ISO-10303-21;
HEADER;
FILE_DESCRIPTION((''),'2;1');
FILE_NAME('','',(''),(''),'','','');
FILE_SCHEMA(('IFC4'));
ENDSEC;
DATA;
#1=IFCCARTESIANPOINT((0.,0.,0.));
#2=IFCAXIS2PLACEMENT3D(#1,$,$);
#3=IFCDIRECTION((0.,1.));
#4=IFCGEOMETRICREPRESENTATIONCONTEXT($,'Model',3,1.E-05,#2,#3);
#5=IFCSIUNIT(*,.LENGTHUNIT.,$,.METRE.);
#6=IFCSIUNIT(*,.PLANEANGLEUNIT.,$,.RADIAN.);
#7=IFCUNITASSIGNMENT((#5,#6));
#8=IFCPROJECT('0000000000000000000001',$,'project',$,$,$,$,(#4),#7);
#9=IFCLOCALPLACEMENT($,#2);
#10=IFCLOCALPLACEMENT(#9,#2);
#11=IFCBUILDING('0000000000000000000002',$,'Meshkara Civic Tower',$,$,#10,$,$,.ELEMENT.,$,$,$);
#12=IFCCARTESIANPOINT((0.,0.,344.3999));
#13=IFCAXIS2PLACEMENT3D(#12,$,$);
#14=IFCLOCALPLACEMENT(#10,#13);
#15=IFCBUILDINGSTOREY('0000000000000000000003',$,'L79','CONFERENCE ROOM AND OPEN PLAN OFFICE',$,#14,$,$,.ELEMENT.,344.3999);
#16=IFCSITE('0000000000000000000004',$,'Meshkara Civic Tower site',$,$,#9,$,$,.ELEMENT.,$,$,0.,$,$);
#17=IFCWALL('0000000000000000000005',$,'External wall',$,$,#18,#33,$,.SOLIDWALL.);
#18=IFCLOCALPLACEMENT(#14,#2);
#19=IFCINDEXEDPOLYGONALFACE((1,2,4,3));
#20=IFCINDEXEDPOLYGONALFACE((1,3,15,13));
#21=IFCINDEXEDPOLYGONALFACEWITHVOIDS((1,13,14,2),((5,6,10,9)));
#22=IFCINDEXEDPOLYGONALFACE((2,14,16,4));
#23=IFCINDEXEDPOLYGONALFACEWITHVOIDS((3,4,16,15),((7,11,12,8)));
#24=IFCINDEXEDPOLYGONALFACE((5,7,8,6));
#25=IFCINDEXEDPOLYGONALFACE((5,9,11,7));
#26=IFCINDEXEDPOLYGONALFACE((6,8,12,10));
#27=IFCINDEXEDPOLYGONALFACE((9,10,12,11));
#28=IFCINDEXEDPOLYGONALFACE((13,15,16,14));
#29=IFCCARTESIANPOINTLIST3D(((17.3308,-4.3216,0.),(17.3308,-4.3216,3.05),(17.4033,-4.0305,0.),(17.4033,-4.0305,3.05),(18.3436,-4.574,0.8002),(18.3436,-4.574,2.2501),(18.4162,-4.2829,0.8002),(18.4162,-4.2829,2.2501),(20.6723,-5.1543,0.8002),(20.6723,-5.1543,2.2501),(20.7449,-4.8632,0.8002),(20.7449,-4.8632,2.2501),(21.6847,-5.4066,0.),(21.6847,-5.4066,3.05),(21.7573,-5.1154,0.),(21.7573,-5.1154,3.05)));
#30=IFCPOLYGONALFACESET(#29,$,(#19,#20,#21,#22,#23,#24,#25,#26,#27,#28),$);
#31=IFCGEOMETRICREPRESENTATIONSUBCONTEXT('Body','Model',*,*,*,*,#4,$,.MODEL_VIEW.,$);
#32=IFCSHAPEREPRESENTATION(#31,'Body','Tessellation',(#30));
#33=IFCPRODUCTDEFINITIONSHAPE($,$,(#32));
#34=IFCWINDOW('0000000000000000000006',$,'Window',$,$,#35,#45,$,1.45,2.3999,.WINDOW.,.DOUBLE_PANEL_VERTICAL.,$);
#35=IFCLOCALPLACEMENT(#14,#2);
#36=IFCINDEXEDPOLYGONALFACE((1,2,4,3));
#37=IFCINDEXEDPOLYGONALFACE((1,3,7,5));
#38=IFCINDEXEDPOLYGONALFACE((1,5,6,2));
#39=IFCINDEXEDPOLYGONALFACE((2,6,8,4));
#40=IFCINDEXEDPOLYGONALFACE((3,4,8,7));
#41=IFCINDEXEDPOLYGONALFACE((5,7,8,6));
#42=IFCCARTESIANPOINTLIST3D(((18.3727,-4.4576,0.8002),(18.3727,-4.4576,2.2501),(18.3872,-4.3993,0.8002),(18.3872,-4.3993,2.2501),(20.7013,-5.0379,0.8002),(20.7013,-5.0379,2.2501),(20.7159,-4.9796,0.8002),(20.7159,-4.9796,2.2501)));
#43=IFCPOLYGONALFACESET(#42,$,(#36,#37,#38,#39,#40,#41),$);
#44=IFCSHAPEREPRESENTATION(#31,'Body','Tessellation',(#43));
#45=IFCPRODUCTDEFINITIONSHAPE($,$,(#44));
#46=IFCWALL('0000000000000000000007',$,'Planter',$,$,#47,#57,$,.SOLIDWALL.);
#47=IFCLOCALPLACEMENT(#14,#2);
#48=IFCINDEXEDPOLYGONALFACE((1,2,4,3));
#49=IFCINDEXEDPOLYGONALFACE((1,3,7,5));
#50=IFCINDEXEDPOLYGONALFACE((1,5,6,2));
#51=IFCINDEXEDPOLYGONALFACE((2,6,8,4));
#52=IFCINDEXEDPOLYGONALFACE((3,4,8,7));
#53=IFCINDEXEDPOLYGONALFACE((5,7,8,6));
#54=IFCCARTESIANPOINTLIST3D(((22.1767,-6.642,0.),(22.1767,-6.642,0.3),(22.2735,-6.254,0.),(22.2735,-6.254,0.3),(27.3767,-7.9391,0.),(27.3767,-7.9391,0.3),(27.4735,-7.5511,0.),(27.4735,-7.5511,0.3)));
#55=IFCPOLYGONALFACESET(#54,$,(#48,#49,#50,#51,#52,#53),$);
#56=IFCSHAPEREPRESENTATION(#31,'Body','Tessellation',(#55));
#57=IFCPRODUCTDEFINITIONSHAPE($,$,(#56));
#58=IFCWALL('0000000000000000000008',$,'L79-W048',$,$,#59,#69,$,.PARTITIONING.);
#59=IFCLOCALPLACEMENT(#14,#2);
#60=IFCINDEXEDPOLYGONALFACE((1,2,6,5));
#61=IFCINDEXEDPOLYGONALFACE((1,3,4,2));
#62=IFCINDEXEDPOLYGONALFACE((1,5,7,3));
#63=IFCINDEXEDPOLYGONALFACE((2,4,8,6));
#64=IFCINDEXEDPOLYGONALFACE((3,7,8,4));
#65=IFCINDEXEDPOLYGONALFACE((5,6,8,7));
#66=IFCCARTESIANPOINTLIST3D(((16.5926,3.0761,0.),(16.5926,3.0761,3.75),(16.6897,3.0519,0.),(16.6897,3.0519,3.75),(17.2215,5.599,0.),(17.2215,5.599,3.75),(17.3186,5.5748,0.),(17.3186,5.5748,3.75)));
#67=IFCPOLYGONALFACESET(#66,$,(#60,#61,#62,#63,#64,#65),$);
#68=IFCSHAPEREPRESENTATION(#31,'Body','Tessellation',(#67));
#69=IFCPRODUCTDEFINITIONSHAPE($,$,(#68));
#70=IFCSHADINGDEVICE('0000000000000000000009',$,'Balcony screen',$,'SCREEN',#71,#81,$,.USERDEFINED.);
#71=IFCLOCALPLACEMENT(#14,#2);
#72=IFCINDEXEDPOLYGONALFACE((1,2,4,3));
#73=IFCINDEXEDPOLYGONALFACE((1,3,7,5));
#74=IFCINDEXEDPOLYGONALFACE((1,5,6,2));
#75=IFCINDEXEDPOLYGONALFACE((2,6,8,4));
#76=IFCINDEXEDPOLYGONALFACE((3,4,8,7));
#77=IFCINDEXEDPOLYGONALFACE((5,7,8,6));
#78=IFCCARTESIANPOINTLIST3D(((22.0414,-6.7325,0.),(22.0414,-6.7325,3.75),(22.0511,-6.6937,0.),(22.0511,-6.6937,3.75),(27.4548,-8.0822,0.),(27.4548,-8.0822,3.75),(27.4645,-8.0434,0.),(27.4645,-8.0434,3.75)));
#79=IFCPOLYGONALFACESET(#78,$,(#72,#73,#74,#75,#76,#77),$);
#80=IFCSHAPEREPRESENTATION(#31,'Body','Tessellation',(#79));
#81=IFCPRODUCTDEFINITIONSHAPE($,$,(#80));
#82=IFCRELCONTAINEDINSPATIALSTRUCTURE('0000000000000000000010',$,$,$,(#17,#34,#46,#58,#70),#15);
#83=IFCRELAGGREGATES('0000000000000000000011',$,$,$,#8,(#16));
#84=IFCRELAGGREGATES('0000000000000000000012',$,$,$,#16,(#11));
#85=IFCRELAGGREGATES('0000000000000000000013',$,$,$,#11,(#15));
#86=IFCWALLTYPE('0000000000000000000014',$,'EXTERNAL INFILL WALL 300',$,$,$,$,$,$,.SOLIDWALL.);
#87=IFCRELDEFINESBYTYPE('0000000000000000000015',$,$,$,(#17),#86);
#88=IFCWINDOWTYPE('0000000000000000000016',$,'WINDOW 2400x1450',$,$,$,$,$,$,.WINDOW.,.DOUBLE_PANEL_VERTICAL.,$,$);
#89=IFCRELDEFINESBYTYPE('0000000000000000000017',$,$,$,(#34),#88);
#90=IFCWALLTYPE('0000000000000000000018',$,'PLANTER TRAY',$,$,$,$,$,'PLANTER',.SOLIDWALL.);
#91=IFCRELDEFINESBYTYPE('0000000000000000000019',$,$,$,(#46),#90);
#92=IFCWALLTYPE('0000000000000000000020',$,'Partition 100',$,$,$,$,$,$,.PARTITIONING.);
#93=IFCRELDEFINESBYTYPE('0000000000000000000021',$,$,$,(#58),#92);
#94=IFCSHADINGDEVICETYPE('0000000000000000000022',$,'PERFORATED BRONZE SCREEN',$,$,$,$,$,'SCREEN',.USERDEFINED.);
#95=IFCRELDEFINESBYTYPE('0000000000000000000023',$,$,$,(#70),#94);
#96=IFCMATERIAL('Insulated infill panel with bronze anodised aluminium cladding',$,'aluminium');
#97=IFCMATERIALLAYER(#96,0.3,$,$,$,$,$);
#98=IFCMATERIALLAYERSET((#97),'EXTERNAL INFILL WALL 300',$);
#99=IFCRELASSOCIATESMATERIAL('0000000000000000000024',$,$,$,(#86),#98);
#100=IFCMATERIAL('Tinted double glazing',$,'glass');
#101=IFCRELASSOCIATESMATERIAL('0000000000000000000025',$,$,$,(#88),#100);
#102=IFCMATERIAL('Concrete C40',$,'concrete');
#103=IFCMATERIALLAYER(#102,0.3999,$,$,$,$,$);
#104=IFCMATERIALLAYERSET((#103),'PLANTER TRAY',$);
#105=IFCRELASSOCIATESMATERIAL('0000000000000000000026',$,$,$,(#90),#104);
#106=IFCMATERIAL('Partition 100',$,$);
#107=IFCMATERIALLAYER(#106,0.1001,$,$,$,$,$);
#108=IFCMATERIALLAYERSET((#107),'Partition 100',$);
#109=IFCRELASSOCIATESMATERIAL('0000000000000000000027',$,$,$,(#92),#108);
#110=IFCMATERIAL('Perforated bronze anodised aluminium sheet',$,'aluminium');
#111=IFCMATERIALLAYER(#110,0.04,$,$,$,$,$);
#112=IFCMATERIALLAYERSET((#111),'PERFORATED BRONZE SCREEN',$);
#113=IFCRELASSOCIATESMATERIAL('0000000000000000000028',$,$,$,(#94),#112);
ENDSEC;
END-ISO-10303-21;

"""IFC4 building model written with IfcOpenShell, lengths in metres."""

from ifc_helpers import new_model, si_unit, direction, frame, frame_2d, origin, origin_2d, place, context, subcontext, project, spatial, rectangle, extrude, material, layer, layer_set, type_object, element, fill, save


model = new_model("IFC4")

# Units and contexts
model_context = context("Model", 3, precision=1e-05, world=origin(), true_north=direction((0.0, 1.0)))
body_context = subcontext(model_context, "Body", "Model", "MODEL_VIEW")
ifc_project = project(units=[si_unit("LENGTHUNIT", "METRE"), si_unit("PLANEANGLEUNIT", "RADIAN")], contexts=[model_context])

# Site, building, storey
site_placement = place(None, origin())
site = spatial("IfcSite", under=ifc_project, at=site_placement, Name="Meshkara Civic Tower site", CompositionType="ELEMENT", RefElevation=0.0)
building_placement = place(site_placement, origin())
building = spatial("IfcBuilding", under=site, at=building_placement, Name="Meshkara Civic Tower", CompositionType="ELEMENT")
storey_placement = place(building_placement, frame((0.0, 0.0, 344.3999)))
storey = spatial("IfcBuildingStorey", under=building, at=storey_placement, Name="L79", Description="CONFERENCE ROOM AND OPEN PLAN OFFICE", CompositionType="ELEMENT", Elevation=344.3999)

# Wall, opening, window
ifc_material_1 = material(Name="Insulated infill panel with bronze anodised aluminium cladding", Category="aluminium")
ifc_layer_1 = layer(ifc_material_1, 0.3)
ifc_layer_set_1 = layer_set([ifc_layer_1], Name="EXTERNAL INFILL WALL 300")
wall_type_1 = type_object("IfcWallType", Name="EXTERNAL INFILL WALL 300", PredefinedType="SOLIDWALL", material=ifc_layer_set_1)
wall_1_placement = place(storey_placement, frame((17.3669, -4.176, 0.0), z_axis=(0.0, 0.0, 1.0), x_axis=(0.970328, -0.241793, 0.0)))
wall_1 = element("IfcWall", 1, at=wall_1_placement, inside=storey, type_object=wall_type_1, Name="External wall", PredefinedType="SOLIDWALL", context=body_context, shape_type="SweptSolid", body=[
    extrude(rectangle(XDim=4.4871, YDim=0.3, at=frame_2d((2.2437, 0.0))), origin(), (0.0, 0.0, 1.0), 3.05),
])
opening_1_placement = place(wall_1_placement, frame((1.0439, 0.0, 0.8)))
opening_1 = element("IfcOpeningElement", 2, at=opening_1_placement, cuts=wall_1, PredefinedType="OPENING", context=body_context, shape_type="SweptSolid", body=[
    extrude(rectangle(XDim=2.3999, YDim=1.45, at=frame_2d((1.2, 0.7251))), frame((0.0, 0.1599, 0.0), z_axis=(0.0, -1.0, 0.0), x_axis=(1.0, 0.0, 0.0)), (0.0, 0.0, 1.0), 0.3201),
])
ifc_material_2 = material(Name="Tinted double glazing", Category="glass")
window_type = type_object("IfcWindowType", Name="WINDOW 2400x1450", PartitioningType="DOUBLE_PANEL_VERTICAL", PredefinedType="WINDOW", material=ifc_material_2)
window_placement = place(opening_1_placement, origin())
window = element("IfcWindow", 3, at=window_placement, inside=storey, type_object=window_type, Name="Window", OverallHeight=1.45, OverallWidth=2.3999, PartitioningType="DOUBLE_PANEL_VERTICAL", PredefinedType="WINDOW", context=body_context, shape_type="SweptSolid", body=[
    extrude(rectangle(XDim=2.3999, YDim=1.45, at=frame_2d((1.2, 0.7251))), frame((0.0, 0.03, 0.0), z_axis=(0.0, -1.0, 0.0), x_axis=(1.0, 0.0, 0.0)), (0.0, 0.0, 1.0), 0.0601),
])
fill(opening_1, window)

# Walls
ifc_material_3 = material(Name="Concrete C40", Category="concrete")
ifc_layer_2 = layer(ifc_material_3, 0.3999)
ifc_layer_set_2 = layer_set([ifc_layer_2], Name="PLANTER TRAY")
wall_type_2 = type_object("IfcWallType", Name="PLANTER TRAY", ElementType="PLANTER", PredefinedType="SOLIDWALL", material=ifc_layer_set_2)
wall_2_placement = place(storey_placement, frame((22.2251, -6.448, 0.0), z_axis=(0.0, 0.0, 1.0), x_axis=(0.970268, -0.242032, 0.0)))
element("IfcWall", 4, at=wall_2_placement, inside=storey, type_object=wall_type_2, Name="Planter", PredefinedType="SOLIDWALL", context=body_context, shape_type="SweptSolid", body=[
    extrude(rectangle(XDim=5.3594, YDim=0.3999, at=frame_2d((2.6797, 0.0))), origin(), (0.0, 0.0, 1.0), 0.3),
])
ifc_material_4 = material(Name="Partition 100")
ifc_layer_3 = layer(ifc_material_4, 0.1001)
ifc_layer_set_3 = layer_set([ifc_layer_3], Name="Partition 100")
wall_type_3 = type_object("IfcWallType", Name="Partition 100", PredefinedType="PARTITIONING", material=ifc_layer_set_3)
wall_3_placement = place(storey_placement, frame((17.27, 5.5869, 0.0), z_axis=(0.0, 0.0, 1.0), x_axis=(-0.241873, -0.970308, 0.0)))
element("IfcWall", 5, at=wall_3_placement, inside=storey, type_object=wall_type_3, Name="L79-W048", PredefinedType="PARTITIONING", context=body_context, shape_type="SweptSolid", body=[
    extrude(rectangle(XDim=2.6001, YDim=0.1001, at=frame_2d((1.3, 0.0))), origin(), (0.0, 0.0, 1.0), 3.75),
])

# Shading device
ifc_material_5 = material(Name="Perforated bronze anodised aluminium sheet", Category="aluminium")
ifc_layer_4 = layer(ifc_material_5, 0.04)
ifc_layer_set_4 = layer_set([ifc_layer_4], Name="PERFORATED BRONZE SCREEN")
shading_device_type = type_object("IfcShadingDeviceType", Name="PERFORATED BRONZE SCREEN", ElementType="SCREEN", PredefinedType="USERDEFINED", material=ifc_layer_set_4)
shading_device_placement = place(storey_placement, frame((24.7529, -7.3879, 0.0), z_axis=(0.0, 0.0, 1.0), x_axis=(0.970296, -0.241922, 0.0)))
element("IfcShadingDevice", 6, at=shading_device_placement, inside=storey, type_object=shading_device_type, Name="Balcony screen", ObjectType="SCREEN", PredefinedType="USERDEFINED", context=body_context, shape_type="SweptSolid", body=[
    extrude(rectangle(XDim=5.5791, YDim=0.04, at=origin_2d()), origin(), (0.0, 0.0, 1.0), 3.75),
])

save(model, "model.ifc")
